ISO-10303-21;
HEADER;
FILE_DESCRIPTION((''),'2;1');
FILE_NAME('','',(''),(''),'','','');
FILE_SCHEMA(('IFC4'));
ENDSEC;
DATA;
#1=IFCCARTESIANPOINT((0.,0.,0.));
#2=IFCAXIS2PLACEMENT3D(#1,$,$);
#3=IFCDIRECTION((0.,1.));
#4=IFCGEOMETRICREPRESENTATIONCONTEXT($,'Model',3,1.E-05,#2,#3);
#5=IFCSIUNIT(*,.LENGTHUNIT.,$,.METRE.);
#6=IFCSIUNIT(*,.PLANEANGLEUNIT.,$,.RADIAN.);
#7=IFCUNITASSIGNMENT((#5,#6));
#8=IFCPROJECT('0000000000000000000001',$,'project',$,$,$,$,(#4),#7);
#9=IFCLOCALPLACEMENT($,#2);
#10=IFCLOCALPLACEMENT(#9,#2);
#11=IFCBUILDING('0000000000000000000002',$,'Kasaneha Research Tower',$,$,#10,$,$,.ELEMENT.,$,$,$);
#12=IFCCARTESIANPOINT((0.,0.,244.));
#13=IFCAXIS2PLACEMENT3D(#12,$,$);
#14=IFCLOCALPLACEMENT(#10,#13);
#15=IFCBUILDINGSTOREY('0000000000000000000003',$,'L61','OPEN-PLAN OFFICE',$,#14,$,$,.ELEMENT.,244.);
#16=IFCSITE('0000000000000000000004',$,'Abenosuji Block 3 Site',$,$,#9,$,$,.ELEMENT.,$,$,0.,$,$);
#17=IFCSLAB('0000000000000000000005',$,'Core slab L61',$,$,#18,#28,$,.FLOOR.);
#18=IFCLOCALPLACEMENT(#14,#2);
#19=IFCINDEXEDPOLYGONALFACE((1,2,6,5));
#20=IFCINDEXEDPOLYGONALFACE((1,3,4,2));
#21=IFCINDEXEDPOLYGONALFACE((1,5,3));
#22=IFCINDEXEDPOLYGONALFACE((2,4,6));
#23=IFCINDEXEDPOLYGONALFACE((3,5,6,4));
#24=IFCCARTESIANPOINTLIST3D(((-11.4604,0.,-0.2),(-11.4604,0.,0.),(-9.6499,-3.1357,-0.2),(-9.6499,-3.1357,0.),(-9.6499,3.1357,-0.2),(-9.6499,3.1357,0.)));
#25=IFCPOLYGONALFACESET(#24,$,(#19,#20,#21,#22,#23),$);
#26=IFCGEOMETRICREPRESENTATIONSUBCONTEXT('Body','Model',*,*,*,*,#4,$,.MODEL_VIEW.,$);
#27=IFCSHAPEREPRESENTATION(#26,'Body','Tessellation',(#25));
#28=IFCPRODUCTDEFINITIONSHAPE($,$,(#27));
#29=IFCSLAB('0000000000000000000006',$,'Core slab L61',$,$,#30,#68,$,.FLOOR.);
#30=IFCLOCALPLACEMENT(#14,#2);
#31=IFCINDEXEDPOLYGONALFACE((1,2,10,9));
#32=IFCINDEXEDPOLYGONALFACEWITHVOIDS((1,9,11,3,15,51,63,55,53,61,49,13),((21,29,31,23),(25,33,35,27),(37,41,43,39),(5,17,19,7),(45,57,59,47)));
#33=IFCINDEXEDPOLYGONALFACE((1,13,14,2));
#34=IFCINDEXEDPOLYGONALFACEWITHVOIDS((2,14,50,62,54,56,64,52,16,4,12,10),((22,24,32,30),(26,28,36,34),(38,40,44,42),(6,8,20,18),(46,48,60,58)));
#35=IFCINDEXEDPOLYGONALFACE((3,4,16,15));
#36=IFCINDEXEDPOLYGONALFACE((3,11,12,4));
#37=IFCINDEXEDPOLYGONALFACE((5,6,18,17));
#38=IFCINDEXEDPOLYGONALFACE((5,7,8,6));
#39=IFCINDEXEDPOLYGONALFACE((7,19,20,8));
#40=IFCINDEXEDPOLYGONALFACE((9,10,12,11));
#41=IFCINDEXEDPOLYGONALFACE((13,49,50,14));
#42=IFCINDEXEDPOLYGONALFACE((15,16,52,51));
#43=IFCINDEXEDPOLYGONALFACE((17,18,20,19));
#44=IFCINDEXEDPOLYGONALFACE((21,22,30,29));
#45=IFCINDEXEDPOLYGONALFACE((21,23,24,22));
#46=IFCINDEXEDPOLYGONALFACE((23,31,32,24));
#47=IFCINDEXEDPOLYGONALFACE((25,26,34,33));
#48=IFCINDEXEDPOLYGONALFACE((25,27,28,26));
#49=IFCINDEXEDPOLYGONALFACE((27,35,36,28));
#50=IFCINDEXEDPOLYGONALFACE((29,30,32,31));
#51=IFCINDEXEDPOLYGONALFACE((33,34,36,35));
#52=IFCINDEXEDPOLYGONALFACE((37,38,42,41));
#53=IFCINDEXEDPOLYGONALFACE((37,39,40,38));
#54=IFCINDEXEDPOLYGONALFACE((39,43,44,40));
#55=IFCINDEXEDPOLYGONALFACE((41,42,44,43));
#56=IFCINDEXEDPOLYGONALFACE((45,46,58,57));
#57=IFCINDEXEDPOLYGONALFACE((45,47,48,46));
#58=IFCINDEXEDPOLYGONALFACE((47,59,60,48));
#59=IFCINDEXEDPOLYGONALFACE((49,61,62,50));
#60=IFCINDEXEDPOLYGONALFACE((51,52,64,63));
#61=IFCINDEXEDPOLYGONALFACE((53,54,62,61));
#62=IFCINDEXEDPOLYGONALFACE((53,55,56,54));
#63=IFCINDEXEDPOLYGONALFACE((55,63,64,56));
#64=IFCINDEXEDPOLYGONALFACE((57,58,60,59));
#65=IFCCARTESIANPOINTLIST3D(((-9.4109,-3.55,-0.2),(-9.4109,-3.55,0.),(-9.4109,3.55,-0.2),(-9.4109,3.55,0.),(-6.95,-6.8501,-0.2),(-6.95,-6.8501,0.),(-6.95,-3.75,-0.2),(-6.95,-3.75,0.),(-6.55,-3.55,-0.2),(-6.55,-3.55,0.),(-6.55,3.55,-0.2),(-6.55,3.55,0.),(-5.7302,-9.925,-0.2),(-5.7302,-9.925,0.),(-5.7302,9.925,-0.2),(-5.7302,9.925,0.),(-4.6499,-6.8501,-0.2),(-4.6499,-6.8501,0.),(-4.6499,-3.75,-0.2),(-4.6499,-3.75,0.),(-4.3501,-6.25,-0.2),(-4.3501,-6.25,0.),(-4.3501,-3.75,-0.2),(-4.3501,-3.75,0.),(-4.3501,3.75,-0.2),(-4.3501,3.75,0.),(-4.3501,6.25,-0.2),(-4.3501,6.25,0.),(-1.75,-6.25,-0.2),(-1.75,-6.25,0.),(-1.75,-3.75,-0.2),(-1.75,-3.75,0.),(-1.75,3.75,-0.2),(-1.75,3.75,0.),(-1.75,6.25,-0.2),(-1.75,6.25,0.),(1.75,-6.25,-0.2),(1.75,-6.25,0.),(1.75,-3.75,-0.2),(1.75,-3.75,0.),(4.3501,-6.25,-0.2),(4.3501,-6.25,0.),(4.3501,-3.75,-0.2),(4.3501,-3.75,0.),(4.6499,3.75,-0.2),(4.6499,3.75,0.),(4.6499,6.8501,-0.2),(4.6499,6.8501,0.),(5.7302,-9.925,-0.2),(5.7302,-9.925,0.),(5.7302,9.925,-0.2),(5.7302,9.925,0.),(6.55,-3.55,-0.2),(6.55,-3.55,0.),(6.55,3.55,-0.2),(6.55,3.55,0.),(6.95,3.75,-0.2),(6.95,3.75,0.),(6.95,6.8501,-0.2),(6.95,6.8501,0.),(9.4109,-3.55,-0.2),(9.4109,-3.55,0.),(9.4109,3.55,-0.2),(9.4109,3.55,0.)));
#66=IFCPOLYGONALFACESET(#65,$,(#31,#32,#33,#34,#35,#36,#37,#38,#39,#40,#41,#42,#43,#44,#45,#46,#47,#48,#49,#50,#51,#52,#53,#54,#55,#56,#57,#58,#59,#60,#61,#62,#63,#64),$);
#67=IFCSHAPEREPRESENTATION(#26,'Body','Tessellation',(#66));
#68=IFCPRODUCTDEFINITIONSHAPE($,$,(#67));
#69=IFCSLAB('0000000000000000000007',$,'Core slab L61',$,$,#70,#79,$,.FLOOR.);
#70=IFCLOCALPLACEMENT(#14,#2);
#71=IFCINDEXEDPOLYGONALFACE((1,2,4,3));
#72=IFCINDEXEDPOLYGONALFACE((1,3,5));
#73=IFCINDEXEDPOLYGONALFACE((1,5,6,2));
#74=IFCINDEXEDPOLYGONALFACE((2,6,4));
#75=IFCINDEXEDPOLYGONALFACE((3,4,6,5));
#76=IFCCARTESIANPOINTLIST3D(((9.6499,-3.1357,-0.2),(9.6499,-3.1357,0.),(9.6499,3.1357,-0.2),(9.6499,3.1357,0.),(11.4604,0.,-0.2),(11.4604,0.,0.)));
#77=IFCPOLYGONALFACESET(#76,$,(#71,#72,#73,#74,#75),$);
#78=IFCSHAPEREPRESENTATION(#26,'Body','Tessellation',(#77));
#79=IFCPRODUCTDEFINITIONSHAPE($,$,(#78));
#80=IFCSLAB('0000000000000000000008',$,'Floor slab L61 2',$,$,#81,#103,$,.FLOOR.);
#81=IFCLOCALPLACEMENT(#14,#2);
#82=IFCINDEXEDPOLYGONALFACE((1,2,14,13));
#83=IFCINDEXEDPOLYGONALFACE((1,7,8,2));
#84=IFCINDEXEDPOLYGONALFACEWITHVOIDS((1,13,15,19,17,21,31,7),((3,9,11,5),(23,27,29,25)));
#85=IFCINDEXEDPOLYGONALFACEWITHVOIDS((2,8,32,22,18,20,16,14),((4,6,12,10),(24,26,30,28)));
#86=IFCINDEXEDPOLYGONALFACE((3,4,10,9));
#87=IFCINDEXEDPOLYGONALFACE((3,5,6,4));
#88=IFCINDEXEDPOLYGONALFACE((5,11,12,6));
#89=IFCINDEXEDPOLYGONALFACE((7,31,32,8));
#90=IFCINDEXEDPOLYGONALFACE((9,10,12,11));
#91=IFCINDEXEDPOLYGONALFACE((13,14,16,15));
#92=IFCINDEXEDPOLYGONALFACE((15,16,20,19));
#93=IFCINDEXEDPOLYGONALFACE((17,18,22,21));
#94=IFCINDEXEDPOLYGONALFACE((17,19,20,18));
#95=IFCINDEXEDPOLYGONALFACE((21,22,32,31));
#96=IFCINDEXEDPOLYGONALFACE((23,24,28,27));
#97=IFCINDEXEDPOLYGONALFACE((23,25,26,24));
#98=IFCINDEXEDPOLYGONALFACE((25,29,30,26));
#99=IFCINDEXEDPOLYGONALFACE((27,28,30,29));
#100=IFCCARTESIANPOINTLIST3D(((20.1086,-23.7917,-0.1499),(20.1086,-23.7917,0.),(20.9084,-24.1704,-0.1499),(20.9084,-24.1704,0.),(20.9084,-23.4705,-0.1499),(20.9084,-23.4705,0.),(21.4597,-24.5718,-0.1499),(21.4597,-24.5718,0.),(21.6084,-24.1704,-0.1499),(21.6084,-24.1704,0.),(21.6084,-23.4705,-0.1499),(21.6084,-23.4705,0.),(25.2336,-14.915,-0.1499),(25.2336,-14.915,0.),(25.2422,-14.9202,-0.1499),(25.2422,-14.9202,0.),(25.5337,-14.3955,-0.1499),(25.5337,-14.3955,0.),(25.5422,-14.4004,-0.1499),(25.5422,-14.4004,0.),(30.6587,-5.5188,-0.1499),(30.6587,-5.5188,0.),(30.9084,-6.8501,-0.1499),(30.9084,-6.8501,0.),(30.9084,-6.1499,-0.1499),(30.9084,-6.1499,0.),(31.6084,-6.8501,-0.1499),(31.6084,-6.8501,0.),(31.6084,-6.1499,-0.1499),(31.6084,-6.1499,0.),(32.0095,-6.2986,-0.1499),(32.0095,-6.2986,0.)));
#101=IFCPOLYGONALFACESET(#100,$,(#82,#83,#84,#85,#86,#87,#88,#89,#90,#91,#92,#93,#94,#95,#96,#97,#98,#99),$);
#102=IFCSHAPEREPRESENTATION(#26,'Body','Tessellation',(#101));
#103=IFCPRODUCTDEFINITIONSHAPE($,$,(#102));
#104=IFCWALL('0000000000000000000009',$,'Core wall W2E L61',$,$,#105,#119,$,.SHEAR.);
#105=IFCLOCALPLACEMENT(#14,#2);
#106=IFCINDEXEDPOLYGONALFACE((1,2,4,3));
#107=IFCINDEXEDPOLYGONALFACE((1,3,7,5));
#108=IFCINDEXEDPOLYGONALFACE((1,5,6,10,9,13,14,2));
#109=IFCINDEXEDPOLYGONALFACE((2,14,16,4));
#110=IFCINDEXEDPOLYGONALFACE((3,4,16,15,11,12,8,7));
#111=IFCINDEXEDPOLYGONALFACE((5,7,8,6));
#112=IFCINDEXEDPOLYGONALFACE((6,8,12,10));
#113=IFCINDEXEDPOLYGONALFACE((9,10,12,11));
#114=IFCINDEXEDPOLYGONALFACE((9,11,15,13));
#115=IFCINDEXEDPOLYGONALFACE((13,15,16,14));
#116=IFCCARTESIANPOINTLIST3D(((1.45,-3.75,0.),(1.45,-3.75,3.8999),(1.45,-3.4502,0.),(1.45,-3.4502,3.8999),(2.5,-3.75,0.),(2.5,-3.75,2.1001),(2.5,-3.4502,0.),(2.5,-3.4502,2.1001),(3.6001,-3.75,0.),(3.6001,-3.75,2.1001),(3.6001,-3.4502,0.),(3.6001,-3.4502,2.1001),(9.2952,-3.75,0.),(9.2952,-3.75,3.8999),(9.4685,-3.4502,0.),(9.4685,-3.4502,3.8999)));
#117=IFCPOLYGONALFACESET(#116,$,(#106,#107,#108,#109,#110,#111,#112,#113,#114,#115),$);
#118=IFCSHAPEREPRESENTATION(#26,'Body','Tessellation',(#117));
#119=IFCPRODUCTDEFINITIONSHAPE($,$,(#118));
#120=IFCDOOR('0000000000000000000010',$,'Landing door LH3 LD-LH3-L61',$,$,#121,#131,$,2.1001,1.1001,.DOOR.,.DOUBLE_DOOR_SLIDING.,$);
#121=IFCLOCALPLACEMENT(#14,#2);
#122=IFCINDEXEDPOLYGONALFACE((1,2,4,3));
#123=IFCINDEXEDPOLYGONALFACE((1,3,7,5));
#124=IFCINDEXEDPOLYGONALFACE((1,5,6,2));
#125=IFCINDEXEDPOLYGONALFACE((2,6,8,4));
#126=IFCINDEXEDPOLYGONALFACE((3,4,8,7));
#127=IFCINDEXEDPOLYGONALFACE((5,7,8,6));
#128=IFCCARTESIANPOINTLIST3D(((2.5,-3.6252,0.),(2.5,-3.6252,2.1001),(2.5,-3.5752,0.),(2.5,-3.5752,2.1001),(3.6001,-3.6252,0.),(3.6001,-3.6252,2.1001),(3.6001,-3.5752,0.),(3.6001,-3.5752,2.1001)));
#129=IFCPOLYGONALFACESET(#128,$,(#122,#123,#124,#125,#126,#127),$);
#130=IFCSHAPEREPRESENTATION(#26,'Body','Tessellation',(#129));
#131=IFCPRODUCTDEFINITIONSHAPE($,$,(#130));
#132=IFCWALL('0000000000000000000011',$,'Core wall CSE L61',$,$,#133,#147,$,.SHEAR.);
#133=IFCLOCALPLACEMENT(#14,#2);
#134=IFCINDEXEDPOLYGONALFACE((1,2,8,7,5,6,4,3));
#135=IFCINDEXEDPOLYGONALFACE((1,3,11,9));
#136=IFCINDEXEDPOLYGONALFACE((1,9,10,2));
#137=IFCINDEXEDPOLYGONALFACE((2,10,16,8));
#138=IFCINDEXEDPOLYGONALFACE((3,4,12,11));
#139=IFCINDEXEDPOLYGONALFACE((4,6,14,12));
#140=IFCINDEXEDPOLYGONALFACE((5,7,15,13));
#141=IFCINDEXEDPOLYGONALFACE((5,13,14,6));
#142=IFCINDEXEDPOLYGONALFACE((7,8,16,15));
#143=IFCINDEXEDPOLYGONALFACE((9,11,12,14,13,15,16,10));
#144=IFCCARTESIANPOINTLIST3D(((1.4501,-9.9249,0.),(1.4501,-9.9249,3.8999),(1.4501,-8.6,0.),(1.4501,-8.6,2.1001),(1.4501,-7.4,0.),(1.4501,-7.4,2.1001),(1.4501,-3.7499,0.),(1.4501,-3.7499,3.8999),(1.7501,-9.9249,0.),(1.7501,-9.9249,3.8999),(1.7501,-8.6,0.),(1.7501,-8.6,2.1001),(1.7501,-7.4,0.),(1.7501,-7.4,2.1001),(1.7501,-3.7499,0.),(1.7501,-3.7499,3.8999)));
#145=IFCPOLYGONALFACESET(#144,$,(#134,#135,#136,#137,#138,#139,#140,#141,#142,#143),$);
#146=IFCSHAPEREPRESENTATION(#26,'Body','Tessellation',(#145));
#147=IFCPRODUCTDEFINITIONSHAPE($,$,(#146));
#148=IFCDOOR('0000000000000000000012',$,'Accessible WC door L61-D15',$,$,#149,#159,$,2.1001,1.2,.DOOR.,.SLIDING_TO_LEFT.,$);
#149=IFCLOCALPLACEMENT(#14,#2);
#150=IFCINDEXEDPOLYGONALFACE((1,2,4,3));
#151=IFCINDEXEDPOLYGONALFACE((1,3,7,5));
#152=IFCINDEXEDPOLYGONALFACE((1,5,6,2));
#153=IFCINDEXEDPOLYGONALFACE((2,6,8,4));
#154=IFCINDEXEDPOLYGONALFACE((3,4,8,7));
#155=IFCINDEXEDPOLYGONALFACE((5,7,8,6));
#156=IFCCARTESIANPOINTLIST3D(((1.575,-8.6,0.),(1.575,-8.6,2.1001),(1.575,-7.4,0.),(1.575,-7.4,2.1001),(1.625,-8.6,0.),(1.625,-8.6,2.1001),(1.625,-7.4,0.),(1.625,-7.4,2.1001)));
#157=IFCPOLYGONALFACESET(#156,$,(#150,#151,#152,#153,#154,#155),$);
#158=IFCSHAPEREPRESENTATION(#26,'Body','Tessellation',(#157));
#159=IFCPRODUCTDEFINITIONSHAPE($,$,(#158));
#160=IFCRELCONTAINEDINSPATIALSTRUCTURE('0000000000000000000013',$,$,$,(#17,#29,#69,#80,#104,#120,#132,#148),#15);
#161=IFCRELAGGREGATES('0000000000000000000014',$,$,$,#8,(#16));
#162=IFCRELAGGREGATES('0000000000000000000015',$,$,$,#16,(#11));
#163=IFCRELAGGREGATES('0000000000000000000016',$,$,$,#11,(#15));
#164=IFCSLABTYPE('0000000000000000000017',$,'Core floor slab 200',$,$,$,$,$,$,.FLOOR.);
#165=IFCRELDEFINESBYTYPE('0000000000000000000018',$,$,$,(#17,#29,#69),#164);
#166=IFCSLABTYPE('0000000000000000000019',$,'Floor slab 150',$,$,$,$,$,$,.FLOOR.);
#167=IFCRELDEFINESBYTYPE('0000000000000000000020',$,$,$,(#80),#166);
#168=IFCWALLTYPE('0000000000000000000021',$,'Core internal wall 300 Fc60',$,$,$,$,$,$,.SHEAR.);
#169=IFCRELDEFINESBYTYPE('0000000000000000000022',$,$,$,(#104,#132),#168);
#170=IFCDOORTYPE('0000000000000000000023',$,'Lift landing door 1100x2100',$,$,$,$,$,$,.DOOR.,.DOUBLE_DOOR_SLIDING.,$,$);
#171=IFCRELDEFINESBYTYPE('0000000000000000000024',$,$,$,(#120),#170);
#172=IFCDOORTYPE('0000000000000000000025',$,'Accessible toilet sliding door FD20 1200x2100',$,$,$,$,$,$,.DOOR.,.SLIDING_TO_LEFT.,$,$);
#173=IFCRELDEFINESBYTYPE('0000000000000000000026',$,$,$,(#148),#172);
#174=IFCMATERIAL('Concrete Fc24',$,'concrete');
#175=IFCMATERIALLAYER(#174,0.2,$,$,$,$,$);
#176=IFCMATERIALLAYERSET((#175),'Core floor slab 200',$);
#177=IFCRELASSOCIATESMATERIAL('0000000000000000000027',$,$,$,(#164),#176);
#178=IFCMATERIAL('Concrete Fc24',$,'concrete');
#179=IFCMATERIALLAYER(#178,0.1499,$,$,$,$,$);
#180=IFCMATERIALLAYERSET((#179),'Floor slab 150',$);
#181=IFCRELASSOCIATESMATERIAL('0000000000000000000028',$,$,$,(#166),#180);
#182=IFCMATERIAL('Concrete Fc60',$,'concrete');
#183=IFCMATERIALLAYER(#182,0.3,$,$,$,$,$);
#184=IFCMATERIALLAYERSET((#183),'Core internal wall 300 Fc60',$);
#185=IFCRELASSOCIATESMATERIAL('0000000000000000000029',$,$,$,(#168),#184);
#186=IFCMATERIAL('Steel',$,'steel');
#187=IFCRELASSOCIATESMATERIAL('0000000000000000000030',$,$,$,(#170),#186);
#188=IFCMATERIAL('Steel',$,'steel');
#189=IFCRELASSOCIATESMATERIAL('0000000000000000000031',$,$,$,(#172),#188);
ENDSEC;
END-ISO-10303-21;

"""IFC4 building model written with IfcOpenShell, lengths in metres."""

from ifc_helpers import new_model, si_unit, direction, frame, frame_2d, origin, place, context, subcontext, project, spatial, polyline, rectangle, outline, extrude, material, layer, layer_set, type_object, element, fill, save


model = new_model("IFC4")

# Units and contexts
model_context = context("Model", 3, precision=1e-05, world=origin(), true_north=direction((0.0, 1.0)))
body_context = subcontext(model_context, "Body", "Model", "MODEL_VIEW")
ifc_project = project(units=[si_unit("LENGTHUNIT", "METRE"), si_unit("PLANEANGLEUNIT", "RADIAN")], contexts=[model_context])

# Site, building, storey
site_placement = place(None, origin())
site = spatial("IfcSite", under=ifc_project, at=site_placement, Name="Abenosuji Block 3 Site", CompositionType="ELEMENT", RefElevation=0.0)
building_placement = place(site_placement, origin())
building = spatial("IfcBuilding", under=site, at=building_placement, Name="Kasaneha Research Tower", CompositionType="ELEMENT")
storey_placement = place(building_placement, frame((0.0, 0.0, 244.0)))
storey = spatial("IfcBuildingStorey", under=building, at=storey_placement, Name="L61", Description="OPEN-PLAN OFFICE", CompositionType="ELEMENT", Elevation=244.0)

# Slabs
ifc_material_1 = material(Name="Concrete Fc24", Category="concrete")
ifc_layer_1 = layer(ifc_material_1, 0.2)
ifc_layer_set_1 = layer_set([ifc_layer_1], Name="Core floor slab 200")
slab_type_1 = type_object("IfcSlabType", Name="Core floor slab 200", PredefinedType="FLOOR", material=ifc_layer_set_1)
slab_1_placement = place(storey_placement, frame((0.0, 0.0, -0.2)))
element("IfcSlab", 1, at=slab_1_placement, inside=storey, type_object=slab_type_1, Name="Core slab L61", PredefinedType="FLOOR", context=body_context, shape_type="SweptSolid", body=[
    extrude(outline(polyline([(-11.4604, 0.0), (-9.6499, 3.1357), (-9.6499, -3.1357), (-11.4604, 0.0)])), origin(), (0.0, 0.0, 1.0), 0.2),
])
slab_2_placement = place(storey_placement, frame((0.0, 0.0, -0.2)))
element("IfcSlab", 2, at=slab_2_placement, inside=storey, type_object=slab_type_1, Name="Core slab L61", PredefinedType="FLOOR", context=body_context, shape_type="SweptSolid", body=[
    extrude(outline(polyline([(-5.7302, 9.925), (5.7302, 9.925), (9.4109, 3.55), (6.55, 3.55), (6.55, -3.55), (9.4109, -3.55), (5.7302, -9.925), (-5.7302, -9.925), (-9.4109, -3.55), (-6.55, -3.55), (-6.55, 3.55), (-9.4109, 3.55), (-5.7302, 9.925)]), holes=[polyline([(-6.95, -6.8501), (-4.6499, -6.8501), (-4.6499, -3.75), (-6.95, -3.75), (-6.95, -6.8501)]), polyline([(-4.3501, -3.75), (-4.3501, -6.25), (-1.75, -6.25), (-1.75, -3.75), (-4.3501, -3.75)]), polyline([(1.75, -3.75), (1.75, -6.25), (4.3501, -6.25), (4.3501, -3.75), (1.75, -3.75)]), polyline([(-4.3501, 6.25), (-4.3501, 3.75), (-1.75, 3.75), (-1.75, 6.25), (-4.3501, 6.25)]), polyline([(4.6499, 6.8501), (4.6499, 3.75), (6.95, 3.75), (6.95, 6.8501), (4.6499, 6.8501)])]), origin(), (0.0, 0.0, 1.0), 0.2),
])
slab_3_placement = place(storey_placement, frame((0.0, 0.0, -0.2)))
element("IfcSlab", 3, at=slab_3_placement, inside=storey, type_object=slab_type_1, Name="Core slab L61", PredefinedType="FLOOR", context=body_context, shape_type="SweptSolid", body=[
    extrude(outline(polyline([(11.4604, 0.0), (9.6499, -3.1357), (9.6499, 3.1357), (11.4604, 0.0)])), origin(), (0.0, 0.0, 1.0), 0.2),
])
ifc_material_2 = material(Name="Concrete Fc24", Category="concrete")
ifc_layer_2 = layer(ifc_material_2, 0.1499)
ifc_layer_set_2 = layer_set([ifc_layer_2], Name="Floor slab 150")
slab_type_2 = type_object("IfcSlabType", Name="Floor slab 150", PredefinedType="FLOOR", material=ifc_layer_set_2)
slab_4_placement = place(storey_placement, frame((0.0, 0.0, -0.1499)))
element("IfcSlab", 4, at=slab_4_placement, inside=storey, type_object=slab_type_2, Name="Floor slab L61 2", PredefinedType="FLOOR", context=body_context, shape_type="SweptSolid", body=[
    extrude(outline(polyline([(32.0095, -6.2986), (21.4597, -24.5718), (20.1086, -23.7917), (25.2336, -14.915), (25.2422, -14.9202), (25.5422, -14.4004), (25.5337, -14.3955), (30.6587, -5.5188), (32.0095, -6.2986)]), holes=[polyline([(20.9084, -24.1704), (21.6084, -24.1704), (21.6084, -23.4705), (20.9084, -23.4705), (20.9084, -24.1704)]), polyline([(30.9084, -6.8501), (31.6084, -6.8501), (31.6084, -6.1499), (30.9084, -6.1499), (30.9084, -6.8501)])]), origin(), (0.0, 0.0, 1.0), 0.1499),
])

# Walls, openings, doors
ifc_material_3 = material(Name="Concrete Fc60", Category="concrete")
ifc_layer_3 = layer(ifc_material_3, 0.3)
ifc_layer_set_3 = layer_set([ifc_layer_3], Name="Core internal wall 300 Fc60")
wall_type = type_object("IfcWallType", Name="Core internal wall 300 Fc60", PredefinedType="SHEAR", material=ifc_layer_set_3)
wall_1_placement = place(storey_placement, frame((1.45, -3.6001, 0.0), z_axis=(0.0, 0.0, 1.0), x_axis=(1.0, 0.0, 0.0)))
wall_1 = element("IfcWall", 5, at=wall_1_placement, inside=storey, type_object=wall_type, Name="Core wall W2E L61", PredefinedType="SHEAR", context=body_context, shape_type="SweptSolid", body=[
    extrude(outline(polyline([(0.0, -0.1499), (1.05, -0.1499), (2.1501, -0.1499), (7.8452, -0.1499), (8.0186, 0.1499), (2.1501, 0.1499), (1.05, 0.1499), (0.0, 0.1499), (0.0, -0.1499)])), origin(), (0.0, 0.0, 1.0), 3.8999),
])
opening_1_placement = place(wall_1_placement, frame((1.05, 0.0, 0.0)))
opening_1 = element("IfcOpeningElement", 6, at=opening_1_placement, cuts=wall_1, PredefinedType="OPENING", context=body_context, shape_type="SweptSolid", body=[
    extrude(rectangle(XDim=1.1001, YDim=2.1001, at=frame_2d((0.55, 1.05))), frame((0.0, 0.1602, 0.0), z_axis=(0.0, -1.0, 0.0), x_axis=(1.0, 0.0, 0.0)), (0.0, 0.0, 1.0), 0.3201),
])
ifc_material_4 = material(Name="Steel", Category="steel")
door_type_1 = type_object("IfcDoorType", Name="Lift landing door 1100x2100", OperationType="DOUBLE_DOOR_SLIDING", PredefinedType="DOOR", material=ifc_material_4)
door_1_placement = place(opening_1_placement, origin())
door_1 = element("IfcDoor", 7, at=door_1_placement, inside=storey, type_object=door_type_1, Name="Landing door LH3 LD-LH3-L61", OperationType="DOUBLE_DOOR_SLIDING", OverallHeight=2.1001, OverallWidth=1.1001, PredefinedType="DOOR", context=body_context, shape_type="SweptSolid", body=[
    extrude(rectangle(XDim=1.1001, YDim=2.1001, at=frame_2d((0.55, 1.05))), frame((0.0, 0.0249, 0.0), z_axis=(0.0, -1.0, 0.0), x_axis=(1.0, 0.0, 0.0)), (0.0, 0.0, 1.0), 0.05),
])
fill(opening_1, door_1)
wall_2_placement = place(storey_placement, frame((1.6001, -3.75, 0.0), z_axis=(0.0, 0.0, 1.0), x_axis=(0.0, -1.0, 0.0)))
wall_2 = element("IfcWall", 8, at=wall_2_placement, inside=storey, type_object=wall_type, Name="Core wall CSE L61", PredefinedType="SHEAR", context=body_context, shape_type="SweptSolid", body=[
    extrude(rectangle(XDim=6.175, YDim=0.3, at=frame_2d((3.0874, 0.0))), origin(), (0.0, 0.0, 1.0), 3.8999),
])
opening_2_placement = place(wall_2_placement, frame((3.6499, 0.0, 0.0)))
opening_2 = element("IfcOpeningElement", 9, at=opening_2_placement, cuts=wall_2, PredefinedType="OPENING", context=body_context, shape_type="SweptSolid", body=[
    extrude(rectangle(XDim=1.2, YDim=2.1001, at=frame_2d((0.6001, 1.05))), frame((0.0, 0.1602, 0.0), z_axis=(0.0, -1.0, 0.0), x_axis=(1.0, 0.0, 0.0)), (0.0, 0.0, 1.0), 0.3201),
])
ifc_material_5 = material(Name="Steel", Category="steel")
door_type_2 = type_object("IfcDoorType", Name="Accessible toilet sliding door FD20 1200x2100", OperationType="SLIDING_TO_LEFT", PredefinedType="DOOR", material=ifc_material_5)
door_2_placement = place(opening_2_placement, origin())
door_2 = element("IfcDoor", 10, at=door_2_placement, inside=storey, type_object=door_type_2, Name="Accessible WC door L61-D15", OperationType="SLIDING_TO_LEFT", OverallHeight=2.1001, OverallWidth=1.2, PredefinedType="DOOR", context=body_context, shape_type="SweptSolid", body=[
    extrude(rectangle(XDim=1.2, YDim=2.1001, at=frame_2d((0.6001, 1.05))), frame((0.0, 0.0249, 0.0), z_axis=(0.0, -1.0, 0.0), x_axis=(1.0, 0.0, 0.0)), (0.0, 0.0, 1.0), 0.05),
])
fill(opening_2, door_2)

save(model, "model.ifc")
